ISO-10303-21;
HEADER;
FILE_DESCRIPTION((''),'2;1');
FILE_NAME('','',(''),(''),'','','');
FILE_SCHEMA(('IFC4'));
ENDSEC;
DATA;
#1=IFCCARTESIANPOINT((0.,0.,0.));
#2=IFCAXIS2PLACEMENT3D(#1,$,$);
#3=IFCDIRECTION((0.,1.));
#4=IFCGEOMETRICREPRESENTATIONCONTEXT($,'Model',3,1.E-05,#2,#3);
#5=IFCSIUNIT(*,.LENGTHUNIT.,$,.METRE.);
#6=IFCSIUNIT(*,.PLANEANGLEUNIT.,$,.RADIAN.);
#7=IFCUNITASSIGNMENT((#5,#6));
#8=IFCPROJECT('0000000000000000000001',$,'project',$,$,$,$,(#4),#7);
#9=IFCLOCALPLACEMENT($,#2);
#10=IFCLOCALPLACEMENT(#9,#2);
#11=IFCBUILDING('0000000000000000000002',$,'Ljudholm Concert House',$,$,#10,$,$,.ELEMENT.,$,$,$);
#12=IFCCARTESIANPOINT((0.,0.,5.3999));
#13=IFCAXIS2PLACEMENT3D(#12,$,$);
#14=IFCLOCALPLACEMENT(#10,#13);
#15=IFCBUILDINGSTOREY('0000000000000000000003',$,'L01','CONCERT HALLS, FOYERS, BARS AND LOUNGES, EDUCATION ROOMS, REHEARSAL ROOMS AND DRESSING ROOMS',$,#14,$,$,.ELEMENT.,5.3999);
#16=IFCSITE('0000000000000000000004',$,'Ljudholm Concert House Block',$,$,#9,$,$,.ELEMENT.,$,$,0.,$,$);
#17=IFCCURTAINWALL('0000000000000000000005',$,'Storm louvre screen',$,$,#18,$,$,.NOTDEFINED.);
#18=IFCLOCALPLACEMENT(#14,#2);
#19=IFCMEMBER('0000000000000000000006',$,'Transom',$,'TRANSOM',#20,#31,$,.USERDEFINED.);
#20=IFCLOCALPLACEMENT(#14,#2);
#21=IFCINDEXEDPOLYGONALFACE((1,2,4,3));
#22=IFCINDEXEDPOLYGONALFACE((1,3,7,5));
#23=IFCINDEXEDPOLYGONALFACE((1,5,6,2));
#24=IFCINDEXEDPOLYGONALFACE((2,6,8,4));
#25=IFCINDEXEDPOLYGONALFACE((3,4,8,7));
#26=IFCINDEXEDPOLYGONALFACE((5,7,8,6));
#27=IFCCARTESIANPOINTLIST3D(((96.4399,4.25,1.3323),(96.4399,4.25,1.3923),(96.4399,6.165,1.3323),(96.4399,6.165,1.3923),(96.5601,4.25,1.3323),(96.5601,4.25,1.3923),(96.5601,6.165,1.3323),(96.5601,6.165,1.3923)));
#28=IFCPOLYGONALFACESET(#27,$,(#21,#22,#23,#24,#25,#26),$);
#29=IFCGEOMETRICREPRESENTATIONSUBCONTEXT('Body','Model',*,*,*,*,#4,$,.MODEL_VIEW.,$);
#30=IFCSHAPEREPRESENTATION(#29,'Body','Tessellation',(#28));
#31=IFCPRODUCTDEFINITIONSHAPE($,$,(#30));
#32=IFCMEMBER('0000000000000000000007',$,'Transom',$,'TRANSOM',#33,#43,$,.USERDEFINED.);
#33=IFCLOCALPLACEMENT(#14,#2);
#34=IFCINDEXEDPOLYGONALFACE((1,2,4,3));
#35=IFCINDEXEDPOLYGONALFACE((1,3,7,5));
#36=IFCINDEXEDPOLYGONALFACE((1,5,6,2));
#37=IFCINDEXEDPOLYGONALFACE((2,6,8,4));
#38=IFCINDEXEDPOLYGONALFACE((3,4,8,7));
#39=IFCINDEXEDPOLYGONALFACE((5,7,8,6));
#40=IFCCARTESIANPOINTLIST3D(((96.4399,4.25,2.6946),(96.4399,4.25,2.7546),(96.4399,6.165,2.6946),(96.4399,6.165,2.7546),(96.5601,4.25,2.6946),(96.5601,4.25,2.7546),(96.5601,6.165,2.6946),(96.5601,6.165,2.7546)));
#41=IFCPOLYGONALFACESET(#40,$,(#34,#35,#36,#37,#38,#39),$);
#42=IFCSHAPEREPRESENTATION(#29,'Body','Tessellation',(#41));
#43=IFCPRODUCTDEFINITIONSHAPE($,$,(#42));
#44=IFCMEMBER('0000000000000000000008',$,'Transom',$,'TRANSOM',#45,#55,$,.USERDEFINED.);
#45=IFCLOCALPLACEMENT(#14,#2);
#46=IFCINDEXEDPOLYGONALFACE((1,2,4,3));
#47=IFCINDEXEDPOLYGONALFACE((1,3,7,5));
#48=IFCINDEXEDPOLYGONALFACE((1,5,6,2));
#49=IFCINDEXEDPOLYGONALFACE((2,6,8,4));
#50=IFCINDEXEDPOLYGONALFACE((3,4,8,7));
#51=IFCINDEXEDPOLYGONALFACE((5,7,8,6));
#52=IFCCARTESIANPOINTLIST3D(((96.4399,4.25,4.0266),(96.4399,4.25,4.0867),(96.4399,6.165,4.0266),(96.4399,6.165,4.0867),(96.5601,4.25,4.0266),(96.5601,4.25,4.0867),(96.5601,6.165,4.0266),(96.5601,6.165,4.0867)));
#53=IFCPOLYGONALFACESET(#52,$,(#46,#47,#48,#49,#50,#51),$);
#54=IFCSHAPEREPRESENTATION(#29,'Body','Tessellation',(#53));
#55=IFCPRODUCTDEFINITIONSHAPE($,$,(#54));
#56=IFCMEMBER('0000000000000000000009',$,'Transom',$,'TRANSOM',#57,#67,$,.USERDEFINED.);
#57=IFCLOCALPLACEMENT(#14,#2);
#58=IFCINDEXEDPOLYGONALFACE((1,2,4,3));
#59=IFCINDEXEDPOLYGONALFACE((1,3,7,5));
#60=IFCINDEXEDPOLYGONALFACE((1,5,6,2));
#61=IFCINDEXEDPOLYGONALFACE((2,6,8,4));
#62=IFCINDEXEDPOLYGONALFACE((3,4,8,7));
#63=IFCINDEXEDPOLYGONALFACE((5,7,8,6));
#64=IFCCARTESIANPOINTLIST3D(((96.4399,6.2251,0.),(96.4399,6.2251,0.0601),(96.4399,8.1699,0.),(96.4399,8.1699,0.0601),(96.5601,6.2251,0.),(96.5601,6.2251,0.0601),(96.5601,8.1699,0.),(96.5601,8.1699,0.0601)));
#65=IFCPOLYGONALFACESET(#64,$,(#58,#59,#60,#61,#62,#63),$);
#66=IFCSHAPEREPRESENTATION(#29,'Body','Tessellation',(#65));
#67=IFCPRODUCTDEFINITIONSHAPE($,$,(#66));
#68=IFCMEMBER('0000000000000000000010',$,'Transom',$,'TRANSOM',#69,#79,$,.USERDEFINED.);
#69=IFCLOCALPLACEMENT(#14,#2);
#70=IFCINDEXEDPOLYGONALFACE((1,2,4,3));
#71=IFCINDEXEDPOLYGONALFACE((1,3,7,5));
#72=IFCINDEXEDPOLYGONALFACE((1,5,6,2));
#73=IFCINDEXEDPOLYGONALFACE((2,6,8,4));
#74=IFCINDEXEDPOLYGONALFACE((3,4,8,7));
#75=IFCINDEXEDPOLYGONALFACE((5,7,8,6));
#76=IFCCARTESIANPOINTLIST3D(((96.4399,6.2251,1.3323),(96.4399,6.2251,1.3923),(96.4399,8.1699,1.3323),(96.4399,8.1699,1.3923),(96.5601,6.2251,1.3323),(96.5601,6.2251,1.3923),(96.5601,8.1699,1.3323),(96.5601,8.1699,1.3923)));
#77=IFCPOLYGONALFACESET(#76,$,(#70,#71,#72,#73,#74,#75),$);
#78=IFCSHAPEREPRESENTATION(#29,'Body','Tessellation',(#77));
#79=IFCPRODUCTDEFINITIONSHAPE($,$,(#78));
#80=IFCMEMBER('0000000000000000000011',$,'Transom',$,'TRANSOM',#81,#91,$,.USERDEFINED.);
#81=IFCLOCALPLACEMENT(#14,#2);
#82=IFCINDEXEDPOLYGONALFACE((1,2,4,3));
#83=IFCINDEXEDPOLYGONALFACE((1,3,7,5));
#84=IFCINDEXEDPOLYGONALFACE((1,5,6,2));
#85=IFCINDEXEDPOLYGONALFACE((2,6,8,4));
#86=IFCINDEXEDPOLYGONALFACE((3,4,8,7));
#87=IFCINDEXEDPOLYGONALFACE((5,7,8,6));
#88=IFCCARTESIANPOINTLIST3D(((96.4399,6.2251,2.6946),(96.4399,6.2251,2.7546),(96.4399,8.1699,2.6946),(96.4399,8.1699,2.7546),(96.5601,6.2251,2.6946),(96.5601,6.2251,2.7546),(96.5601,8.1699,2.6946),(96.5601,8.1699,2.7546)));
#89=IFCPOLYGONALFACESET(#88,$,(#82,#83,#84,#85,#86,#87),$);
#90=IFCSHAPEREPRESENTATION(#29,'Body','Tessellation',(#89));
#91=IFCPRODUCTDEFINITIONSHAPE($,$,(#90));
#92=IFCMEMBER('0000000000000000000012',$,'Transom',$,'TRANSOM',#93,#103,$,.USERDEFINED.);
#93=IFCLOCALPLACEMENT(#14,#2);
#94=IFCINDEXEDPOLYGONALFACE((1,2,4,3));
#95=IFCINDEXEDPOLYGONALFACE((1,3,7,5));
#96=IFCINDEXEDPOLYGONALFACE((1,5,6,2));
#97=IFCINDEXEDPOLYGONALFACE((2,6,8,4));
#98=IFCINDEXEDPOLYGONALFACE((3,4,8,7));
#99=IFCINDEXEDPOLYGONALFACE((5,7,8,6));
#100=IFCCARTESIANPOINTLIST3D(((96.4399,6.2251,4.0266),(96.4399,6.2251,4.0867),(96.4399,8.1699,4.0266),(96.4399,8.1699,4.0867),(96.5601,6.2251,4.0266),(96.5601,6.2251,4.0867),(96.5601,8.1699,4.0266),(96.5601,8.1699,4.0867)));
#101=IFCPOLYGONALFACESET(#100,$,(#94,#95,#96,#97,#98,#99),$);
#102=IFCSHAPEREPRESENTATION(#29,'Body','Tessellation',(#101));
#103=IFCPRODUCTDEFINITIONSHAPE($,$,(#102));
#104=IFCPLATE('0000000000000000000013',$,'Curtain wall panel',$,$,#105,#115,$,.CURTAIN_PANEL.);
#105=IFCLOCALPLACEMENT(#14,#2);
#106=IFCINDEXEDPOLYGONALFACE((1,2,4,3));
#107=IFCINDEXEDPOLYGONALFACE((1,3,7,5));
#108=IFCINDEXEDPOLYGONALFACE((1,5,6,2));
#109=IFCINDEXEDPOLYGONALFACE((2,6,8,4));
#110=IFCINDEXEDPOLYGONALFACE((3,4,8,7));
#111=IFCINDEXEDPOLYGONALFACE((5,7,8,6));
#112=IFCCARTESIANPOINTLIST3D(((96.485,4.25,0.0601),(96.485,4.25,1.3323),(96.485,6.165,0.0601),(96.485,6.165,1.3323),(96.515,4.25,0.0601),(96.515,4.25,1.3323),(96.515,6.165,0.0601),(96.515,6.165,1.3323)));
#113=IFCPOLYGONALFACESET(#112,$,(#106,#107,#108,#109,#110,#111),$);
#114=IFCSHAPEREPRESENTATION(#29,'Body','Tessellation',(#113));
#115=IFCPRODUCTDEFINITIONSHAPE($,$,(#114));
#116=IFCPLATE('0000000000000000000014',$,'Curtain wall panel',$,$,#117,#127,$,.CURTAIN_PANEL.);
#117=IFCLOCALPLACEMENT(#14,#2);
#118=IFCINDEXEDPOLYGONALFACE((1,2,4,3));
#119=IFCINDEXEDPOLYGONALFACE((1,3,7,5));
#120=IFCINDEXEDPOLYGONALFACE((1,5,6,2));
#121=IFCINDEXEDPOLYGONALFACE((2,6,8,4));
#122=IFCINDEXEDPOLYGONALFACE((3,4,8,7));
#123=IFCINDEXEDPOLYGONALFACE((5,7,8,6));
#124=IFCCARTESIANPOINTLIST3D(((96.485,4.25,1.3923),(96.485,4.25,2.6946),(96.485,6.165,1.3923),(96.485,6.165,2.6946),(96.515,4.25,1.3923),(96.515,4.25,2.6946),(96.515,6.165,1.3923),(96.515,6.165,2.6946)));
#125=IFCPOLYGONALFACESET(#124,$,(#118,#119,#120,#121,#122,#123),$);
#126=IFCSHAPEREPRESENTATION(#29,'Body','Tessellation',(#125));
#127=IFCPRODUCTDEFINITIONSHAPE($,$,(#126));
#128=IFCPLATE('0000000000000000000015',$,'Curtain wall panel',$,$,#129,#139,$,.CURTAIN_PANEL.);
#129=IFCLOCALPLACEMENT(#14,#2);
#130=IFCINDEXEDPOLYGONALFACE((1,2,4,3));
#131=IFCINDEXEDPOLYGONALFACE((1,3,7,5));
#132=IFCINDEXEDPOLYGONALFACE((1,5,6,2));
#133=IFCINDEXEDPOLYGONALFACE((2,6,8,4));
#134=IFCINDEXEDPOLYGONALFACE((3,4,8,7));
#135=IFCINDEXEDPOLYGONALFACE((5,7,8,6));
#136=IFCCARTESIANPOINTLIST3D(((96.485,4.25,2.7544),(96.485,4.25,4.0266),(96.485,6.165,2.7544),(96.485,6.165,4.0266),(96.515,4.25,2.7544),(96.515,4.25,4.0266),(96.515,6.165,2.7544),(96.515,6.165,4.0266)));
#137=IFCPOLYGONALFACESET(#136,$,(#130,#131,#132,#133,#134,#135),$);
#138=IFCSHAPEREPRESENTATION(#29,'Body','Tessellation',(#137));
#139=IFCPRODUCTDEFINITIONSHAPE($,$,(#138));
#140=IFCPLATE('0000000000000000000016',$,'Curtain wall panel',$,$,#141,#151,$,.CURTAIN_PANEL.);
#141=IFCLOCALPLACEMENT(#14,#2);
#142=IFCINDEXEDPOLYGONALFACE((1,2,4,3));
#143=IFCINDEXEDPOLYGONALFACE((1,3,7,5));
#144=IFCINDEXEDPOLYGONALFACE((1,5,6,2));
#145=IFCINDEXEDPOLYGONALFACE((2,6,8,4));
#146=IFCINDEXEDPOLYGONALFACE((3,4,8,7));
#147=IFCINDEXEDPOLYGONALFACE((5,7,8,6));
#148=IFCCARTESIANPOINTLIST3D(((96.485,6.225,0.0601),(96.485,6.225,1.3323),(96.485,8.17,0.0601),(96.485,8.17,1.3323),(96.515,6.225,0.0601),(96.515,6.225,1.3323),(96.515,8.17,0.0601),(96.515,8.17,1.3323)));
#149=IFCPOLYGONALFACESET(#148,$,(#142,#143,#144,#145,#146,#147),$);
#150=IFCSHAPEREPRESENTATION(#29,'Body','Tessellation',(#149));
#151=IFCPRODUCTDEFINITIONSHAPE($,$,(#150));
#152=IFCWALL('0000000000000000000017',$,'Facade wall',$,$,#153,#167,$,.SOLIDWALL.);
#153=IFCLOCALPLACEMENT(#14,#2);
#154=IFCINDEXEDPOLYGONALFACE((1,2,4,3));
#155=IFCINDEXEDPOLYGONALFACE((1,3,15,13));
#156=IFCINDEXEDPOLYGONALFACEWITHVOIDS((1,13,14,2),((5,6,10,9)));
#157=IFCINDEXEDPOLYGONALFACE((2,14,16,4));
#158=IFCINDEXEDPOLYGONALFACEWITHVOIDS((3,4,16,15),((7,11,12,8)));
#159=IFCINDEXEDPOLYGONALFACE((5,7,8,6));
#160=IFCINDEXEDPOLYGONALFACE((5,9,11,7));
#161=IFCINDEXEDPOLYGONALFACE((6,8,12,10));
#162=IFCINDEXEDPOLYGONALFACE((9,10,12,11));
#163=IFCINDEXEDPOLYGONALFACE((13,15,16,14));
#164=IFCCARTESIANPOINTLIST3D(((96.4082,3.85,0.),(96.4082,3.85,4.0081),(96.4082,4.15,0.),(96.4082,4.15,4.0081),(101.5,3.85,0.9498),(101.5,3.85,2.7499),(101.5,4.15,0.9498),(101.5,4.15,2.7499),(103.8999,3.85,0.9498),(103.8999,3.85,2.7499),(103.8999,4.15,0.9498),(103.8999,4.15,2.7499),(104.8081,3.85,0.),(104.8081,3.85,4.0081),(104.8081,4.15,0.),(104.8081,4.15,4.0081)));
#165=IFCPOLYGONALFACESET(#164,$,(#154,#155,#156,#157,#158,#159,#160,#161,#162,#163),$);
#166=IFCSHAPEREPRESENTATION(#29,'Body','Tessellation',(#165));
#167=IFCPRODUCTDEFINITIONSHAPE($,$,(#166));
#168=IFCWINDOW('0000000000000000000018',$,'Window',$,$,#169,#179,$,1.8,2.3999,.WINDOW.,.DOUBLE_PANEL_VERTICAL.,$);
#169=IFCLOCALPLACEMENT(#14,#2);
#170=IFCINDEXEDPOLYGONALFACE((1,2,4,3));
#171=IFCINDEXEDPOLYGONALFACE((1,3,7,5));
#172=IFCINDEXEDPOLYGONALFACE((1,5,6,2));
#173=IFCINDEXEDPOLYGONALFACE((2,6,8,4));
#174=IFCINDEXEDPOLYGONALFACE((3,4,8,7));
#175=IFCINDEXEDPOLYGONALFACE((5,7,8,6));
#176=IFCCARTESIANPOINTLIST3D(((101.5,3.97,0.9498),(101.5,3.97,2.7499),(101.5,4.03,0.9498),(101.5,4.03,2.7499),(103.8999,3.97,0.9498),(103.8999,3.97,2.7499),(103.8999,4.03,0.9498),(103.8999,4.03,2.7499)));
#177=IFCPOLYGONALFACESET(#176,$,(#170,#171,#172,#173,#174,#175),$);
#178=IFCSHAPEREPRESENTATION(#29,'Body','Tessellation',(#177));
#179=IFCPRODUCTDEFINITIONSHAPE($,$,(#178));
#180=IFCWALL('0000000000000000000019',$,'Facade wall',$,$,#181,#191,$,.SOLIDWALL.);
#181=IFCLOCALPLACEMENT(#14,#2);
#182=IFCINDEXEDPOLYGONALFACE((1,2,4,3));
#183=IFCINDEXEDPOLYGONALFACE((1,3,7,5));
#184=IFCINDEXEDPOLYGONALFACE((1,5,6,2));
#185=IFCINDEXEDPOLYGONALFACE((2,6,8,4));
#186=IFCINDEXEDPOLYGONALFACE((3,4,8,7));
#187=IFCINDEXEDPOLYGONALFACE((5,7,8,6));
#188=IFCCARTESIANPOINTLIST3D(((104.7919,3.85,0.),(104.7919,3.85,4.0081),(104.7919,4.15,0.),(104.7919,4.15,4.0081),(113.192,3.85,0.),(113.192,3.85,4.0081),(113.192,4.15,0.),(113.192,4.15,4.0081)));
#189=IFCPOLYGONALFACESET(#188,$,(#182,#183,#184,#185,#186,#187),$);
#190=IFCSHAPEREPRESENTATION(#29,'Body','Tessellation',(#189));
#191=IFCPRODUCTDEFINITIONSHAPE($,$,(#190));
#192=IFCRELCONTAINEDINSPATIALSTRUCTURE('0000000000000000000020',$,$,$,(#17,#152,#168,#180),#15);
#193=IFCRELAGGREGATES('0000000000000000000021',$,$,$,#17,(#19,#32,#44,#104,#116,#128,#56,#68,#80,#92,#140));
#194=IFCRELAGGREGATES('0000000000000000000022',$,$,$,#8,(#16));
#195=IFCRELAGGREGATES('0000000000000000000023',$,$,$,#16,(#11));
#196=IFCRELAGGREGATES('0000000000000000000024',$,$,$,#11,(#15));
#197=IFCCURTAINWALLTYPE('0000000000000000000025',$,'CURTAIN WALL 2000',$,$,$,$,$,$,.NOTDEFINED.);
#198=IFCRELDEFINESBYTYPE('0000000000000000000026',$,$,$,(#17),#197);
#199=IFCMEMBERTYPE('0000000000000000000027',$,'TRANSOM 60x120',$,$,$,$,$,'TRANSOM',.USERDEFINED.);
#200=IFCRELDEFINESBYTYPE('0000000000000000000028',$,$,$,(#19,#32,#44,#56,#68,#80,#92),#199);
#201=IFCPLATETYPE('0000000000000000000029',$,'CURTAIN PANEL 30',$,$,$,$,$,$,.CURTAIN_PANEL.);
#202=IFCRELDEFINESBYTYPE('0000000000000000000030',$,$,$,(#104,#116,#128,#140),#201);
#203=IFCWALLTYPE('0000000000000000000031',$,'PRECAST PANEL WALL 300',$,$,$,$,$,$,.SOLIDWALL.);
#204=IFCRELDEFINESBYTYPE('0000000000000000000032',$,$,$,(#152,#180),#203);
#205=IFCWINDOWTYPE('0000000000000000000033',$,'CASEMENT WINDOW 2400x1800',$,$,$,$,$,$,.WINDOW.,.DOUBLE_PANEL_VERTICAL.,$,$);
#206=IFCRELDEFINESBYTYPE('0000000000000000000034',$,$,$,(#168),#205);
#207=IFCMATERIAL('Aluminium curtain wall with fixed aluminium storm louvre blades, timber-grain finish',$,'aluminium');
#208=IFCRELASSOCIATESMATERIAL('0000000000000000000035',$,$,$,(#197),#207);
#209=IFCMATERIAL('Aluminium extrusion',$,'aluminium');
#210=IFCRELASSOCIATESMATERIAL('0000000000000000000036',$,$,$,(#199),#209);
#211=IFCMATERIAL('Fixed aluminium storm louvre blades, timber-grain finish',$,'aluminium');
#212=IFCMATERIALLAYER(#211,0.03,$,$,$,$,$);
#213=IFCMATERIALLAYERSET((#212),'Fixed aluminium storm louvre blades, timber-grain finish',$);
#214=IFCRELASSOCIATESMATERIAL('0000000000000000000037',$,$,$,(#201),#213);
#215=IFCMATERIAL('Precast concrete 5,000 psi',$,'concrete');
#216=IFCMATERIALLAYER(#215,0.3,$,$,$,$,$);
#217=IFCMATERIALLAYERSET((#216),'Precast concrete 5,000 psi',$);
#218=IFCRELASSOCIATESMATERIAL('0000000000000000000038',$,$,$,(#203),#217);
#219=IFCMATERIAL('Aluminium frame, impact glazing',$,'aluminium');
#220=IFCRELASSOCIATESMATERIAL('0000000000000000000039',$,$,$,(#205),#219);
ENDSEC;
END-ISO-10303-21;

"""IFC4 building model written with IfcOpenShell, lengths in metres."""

from ifc_helpers import new_model, si_unit, direction, frame, frame_2d, origin, origin_2d, place, context, subcontext, project, spatial, rectangle, extrude, material, layer, layer_set, material_profile, profile_set, type_object, element, fill, aggregate, save


model = new_model("IFC4")

# Units and contexts
model_context = context("Model", 3, precision=1e-05, world=origin(), true_north=direction((0.0, 1.0)))
body_context = subcontext(model_context, "Body", "Model", "MODEL_VIEW")
ifc_project = project(units=[si_unit("LENGTHUNIT", "METRE"), si_unit("PLANEANGLEUNIT", "RADIAN")], contexts=[model_context])

# Site, building, storey
site_placement = place(None, origin())
site = spatial("IfcSite", under=ifc_project, at=site_placement, Name="Ljudholm Concert House Block", CompositionType="ELEMENT", RefElevation=0.0)
building_placement = place(site_placement, origin())
building = spatial("IfcBuilding", under=site, at=building_placement, Name="Ljudholm Concert House", CompositionType="ELEMENT")
storey_placement = place(building_placement, frame((0.0, 0.0, 5.3999)))
storey = spatial("IfcBuildingStorey", under=building, at=storey_placement, Name="L01", Description="CONCERT HALLS, FOYERS, BARS AND LOUNGES, EDUCATION ROOMS, REHEARSAL ROOMS AND DRESSING ROOMS", CompositionType="ELEMENT", Elevation=5.3999)

# Curtain wall
ifc_material_1 = material(Name="Aluminium curtain wall with fixed aluminium storm louvre blades, timber-grain finish", Category="aluminium")
curtain_wall_type = type_object("IfcCurtainWallType", Name="CURTAIN WALL 2000", PredefinedType="NOTDEFINED", material=ifc_material_1)
curtain_wall_placement = place(storey_placement, origin())
curtain_wall = element("IfcCurtainWall", 1, at=curtain_wall_placement, inside=storey, type_object=curtain_wall_type, Name="Storm louvre screen", PredefinedType="NOTDEFINED")

# Members
ifc_material_2 = material(Name="Aluminium extrusion", Category="aluminium")
ifc_material_profile_1 = material_profile(ifc_material_2, rectangle(XDim=0.1201, YDim=0.0601, at=origin_2d()), Name="TRANSOM 60x120")
ifc_profile_set_1 = profile_set([ifc_material_profile_1], Name="Aluminium extrusion")
member_type_1 = type_object("IfcMemberType", Name="TRANSOM 60x120", ElementType="TRANSOM", PredefinedType="USERDEFINED", material=ifc_profile_set_1)
member_1_placement = place(storey_placement, frame((96.5, 4.25, 1.3623), z_axis=(0.0, 1.0, 0.0), x_axis=(-1.0, 0.0, 0.0)))
member_1 = element("IfcMember", 2, at=member_1_placement, type_object=member_type_1, Name="Transom", ObjectType="TRANSOM", PredefinedType="USERDEFINED", context=body_context, shape_type="SweptSolid", body=[
    extrude(rectangle(XDim=0.1201, YDim=0.0601, at=origin_2d()), origin(), (0.0, 0.0, 1.0), 1.915),
])
member_2_placement = place(storey_placement, frame((96.5, 4.25, 2.7246), z_axis=(0.0, 1.0, 0.0), x_axis=(-1.0, 0.0, 0.0)))
member_2 = element("IfcMember", 3, at=member_2_placement, type_object=member_type_1, Name="Transom", ObjectType="TRANSOM", PredefinedType="USERDEFINED", context=body_context, shape_type="SweptSolid", body=[
    extrude(rectangle(XDim=0.1201, YDim=0.0601, at=origin_2d()), origin(), (0.0, 0.0, 1.0), 1.915),
])
member_3_placement = place(storey_placement, frame((96.5, 4.25, 4.0566), z_axis=(0.0, 1.0, 0.0), x_axis=(-1.0, 0.0, 0.0)))
member_3 = element("IfcMember", 4, at=member_3_placement, type_object=member_type_1, Name="Transom", ObjectType="TRANSOM", PredefinedType="USERDEFINED", context=body_context, shape_type="SweptSolid", body=[
    extrude(rectangle(XDim=0.1201, YDim=0.0601, at=origin_2d()), origin(), (0.0, 0.0, 1.0), 1.915),
])
member_4_placement = place(storey_placement, frame((96.5, 6.2251, 0.03), z_axis=(0.0, 1.0, 0.0), x_axis=(-1.0, 0.0, 0.0)))
member_4 = element("IfcMember", 5, at=member_4_placement, type_object=member_type_1, Name="Transom", ObjectType="TRANSOM", PredefinedType="USERDEFINED", context=body_context, shape_type="SweptSolid", body=[
    extrude(rectangle(XDim=0.1201, YDim=0.0601, at=origin_2d()), origin(), (0.0, 0.0, 1.0), 1.9448),
])
member_5_placement = place(storey_placement, frame((96.5, 6.2251, 1.3623), z_axis=(0.0, 1.0, 0.0), x_axis=(-1.0, 0.0, 0.0)))
member_5 = element("IfcMember", 6, at=member_5_placement, type_object=member_type_1, Name="Transom", ObjectType="TRANSOM", PredefinedType="USERDEFINED", context=body_context, shape_type="SweptSolid", body=[
    extrude(rectangle(XDim=0.1201, YDim=0.0601, at=origin_2d()), origin(), (0.0, 0.0, 1.0), 1.9448),
])
member_6_placement = place(storey_placement, frame((96.5, 6.2251, 2.7246), z_axis=(0.0, 1.0, 0.0), x_axis=(-1.0, 0.0, 0.0)))
member_6 = element("IfcMember", 7, at=member_6_placement, type_object=member_type_1, Name="Transom", ObjectType="TRANSOM", PredefinedType="USERDEFINED", context=body_context, shape_type="SweptSolid", body=[
    extrude(rectangle(XDim=0.1201, YDim=0.0601, at=origin_2d()), origin(), (0.0, 0.0, 1.0), 1.9448),
])
member_7_placement = place(storey_placement, frame((96.5, 6.2251, 4.0566), z_axis=(0.0, 1.0, 0.0), x_axis=(-1.0, 0.0, 0.0)))
member_7 = element("IfcMember", 8, at=member_7_placement, type_object=member_type_1, Name="Transom", ObjectType="TRANSOM", PredefinedType="USERDEFINED", context=body_context, shape_type="SweptSolid", body=[
    extrude(rectangle(XDim=0.1201, YDim=0.0601, at=origin_2d()), origin(), (0.0, 0.0, 1.0), 1.9448),
])

# Plates
ifc_material_3 = material(Name="Fixed aluminium storm louvre blades, timber-grain finish", Category="aluminium")
ifc_layer_1 = layer(ifc_material_3, 0.03)
ifc_layer_set_1 = layer_set([ifc_layer_1], Name="Fixed aluminium storm louvre blades, timber-grain finish")
plate_type = type_object("IfcPlateType", Name="CURTAIN PANEL 30", PredefinedType="CURTAIN_PANEL", material=ifc_layer_set_1)
plate_1_placement = place(storey_placement, frame((96.5, 5.2075, 0.0601), z_axis=(0.0, 0.0, 1.0), x_axis=(0.0, 1.0, 0.0)))
plate_1 = element("IfcPlate", 9, at=plate_1_placement, type_object=plate_type, Name="Curtain wall panel", PredefinedType="CURTAIN_PANEL", context=body_context, shape_type="SweptSolid", body=[
    extrude(rectangle(XDim=1.915, YDim=0.03, at=origin_2d()), origin(), (0.0, 0.0, 1.0), 1.2722),
])
plate_2_placement = place(storey_placement, frame((96.5, 5.2075, 1.3923), z_axis=(0.0, 0.0, 1.0), x_axis=(0.0, 1.0, 0.0)))
plate_2 = element("IfcPlate", 10, at=plate_2_placement, type_object=plate_type, Name="Curtain wall panel", PredefinedType="CURTAIN_PANEL", context=body_context, shape_type="SweptSolid", body=[
    extrude(rectangle(XDim=1.915, YDim=0.03, at=origin_2d()), origin(), (0.0, 0.0, 1.0), 1.3022),
])
plate_3_placement = place(storey_placement, frame((96.5, 5.2075, 2.7544), z_axis=(0.0, 0.0, 1.0), x_axis=(0.0, 1.0, 0.0)))
plate_3 = element("IfcPlate", 11, at=plate_3_placement, type_object=plate_type, Name="Curtain wall panel", PredefinedType="CURTAIN_PANEL", context=body_context, shape_type="SweptSolid", body=[
    extrude(rectangle(XDim=1.915, YDim=0.03, at=origin_2d()), origin(), (0.0, 0.0, 1.0), 1.2722),
])
plate_4_placement = place(storey_placement, frame((96.5, 7.1975, 0.0601), z_axis=(0.0, 0.0, 1.0), x_axis=(0.0, 1.0, 0.0)))
plate_4 = element("IfcPlate", 12, at=plate_4_placement, type_object=plate_type, Name="Curtain wall panel", PredefinedType="CURTAIN_PANEL", context=body_context, shape_type="SweptSolid", body=[
    extrude(rectangle(XDim=1.9451, YDim=0.03, at=origin_2d()), origin(), (0.0, 0.0, 1.0), 1.2722),
])
aggregate(curtain_wall, [member_1, member_2, member_3, plate_1, plate_2, plate_3, member_4, member_5, member_6, member_7, plate_4])

# Wall, opening, window
ifc_material_4 = material(Name="Precast concrete 5,000 psi", Category="concrete")
ifc_layer_2 = layer(ifc_material_4, 0.3)
ifc_layer_set_2 = layer_set([ifc_layer_2], Name="Precast concrete 5,000 psi")
wall_type = type_object("IfcWallType", Name="PRECAST PANEL WALL 300", PredefinedType="SOLIDWALL", material=ifc_layer_set_2)
wall_1_placement = place(storey_placement, frame((96.4082, 4.0, 0.0), z_axis=(0.0, 0.0, 1.0), x_axis=(1.0, 0.0, 0.0)))
wall_1 = element("IfcWall", 13, at=wall_1_placement, inside=storey, type_object=wall_type, Name="Facade wall", PredefinedType="SOLIDWALL", context=body_context, shape_type="SweptSolid", body=[
    extrude(rectangle(XDim=8.3999, YDim=0.3, at=frame_2d((4.2, 0.0))), origin(), (0.0, 0.0, 1.0), 4.0081),
])
opening_1_placement = place(wall_1_placement, frame((5.0918, 0.0, 0.95)))
opening_1 = element("IfcOpeningElement", 14, at=opening_1_placement, cuts=wall_1, PredefinedType="OPENING", context=body_context, shape_type="SweptSolid", body=[
    extrude(rectangle(XDim=2.3999, YDim=1.8, at=frame_2d((1.2, 0.8999))), frame((0.0, 0.1599, 0.0), z_axis=(0.0, -1.0, 0.0), x_axis=(1.0, 0.0, 0.0)), (0.0, 0.0, 1.0), 0.3201),
])
ifc_material_5 = material(Name="Aluminium frame, impact glazing", Category="aluminium")
window_type = type_object("IfcWindowType", Name="CASEMENT WINDOW 2400x1800", PartitioningType="DOUBLE_PANEL_VERTICAL", PredefinedType="WINDOW", material=ifc_material_5)
window_1_placement = place(opening_1_placement, origin())
window_1 = element("IfcWindow", 15, at=window_1_placement, inside=storey, type_object=window_type, Name="Window", OverallHeight=1.8, OverallWidth=2.3999, PartitioningType="DOUBLE_PANEL_VERTICAL", PredefinedType="WINDOW", context=body_context, shape_type="SweptSolid", body=[
    extrude(rectangle(XDim=2.3999, YDim=1.8, at=frame_2d((1.2, 0.8999))), frame((0.0, 0.03, 0.0), z_axis=(0.0, -1.0, 0.0), x_axis=(1.0, 0.0, 0.0)), (0.0, 0.0, 1.0), 0.0601),
])
fill(opening_1, window_1)

# Wall
wall_2_placement = place(storey_placement, frame((104.7917, 4.0, 0.0), z_axis=(0.0, 0.0, 1.0), x_axis=(1.0, 0.0, 0.0)))
element("IfcWall", 16, at=wall_2_placement, inside=storey, type_object=wall_type, Name="Facade wall", PredefinedType="SOLIDWALL", context=body_context, shape_type="SweptSolid", body=[
    extrude(rectangle(XDim=8.4001, YDim=0.3, at=frame_2d((4.2002, 0.0))), origin(), (0.0, 0.0, 1.0), 4.0081),
])

save(model, "model.ifc")
